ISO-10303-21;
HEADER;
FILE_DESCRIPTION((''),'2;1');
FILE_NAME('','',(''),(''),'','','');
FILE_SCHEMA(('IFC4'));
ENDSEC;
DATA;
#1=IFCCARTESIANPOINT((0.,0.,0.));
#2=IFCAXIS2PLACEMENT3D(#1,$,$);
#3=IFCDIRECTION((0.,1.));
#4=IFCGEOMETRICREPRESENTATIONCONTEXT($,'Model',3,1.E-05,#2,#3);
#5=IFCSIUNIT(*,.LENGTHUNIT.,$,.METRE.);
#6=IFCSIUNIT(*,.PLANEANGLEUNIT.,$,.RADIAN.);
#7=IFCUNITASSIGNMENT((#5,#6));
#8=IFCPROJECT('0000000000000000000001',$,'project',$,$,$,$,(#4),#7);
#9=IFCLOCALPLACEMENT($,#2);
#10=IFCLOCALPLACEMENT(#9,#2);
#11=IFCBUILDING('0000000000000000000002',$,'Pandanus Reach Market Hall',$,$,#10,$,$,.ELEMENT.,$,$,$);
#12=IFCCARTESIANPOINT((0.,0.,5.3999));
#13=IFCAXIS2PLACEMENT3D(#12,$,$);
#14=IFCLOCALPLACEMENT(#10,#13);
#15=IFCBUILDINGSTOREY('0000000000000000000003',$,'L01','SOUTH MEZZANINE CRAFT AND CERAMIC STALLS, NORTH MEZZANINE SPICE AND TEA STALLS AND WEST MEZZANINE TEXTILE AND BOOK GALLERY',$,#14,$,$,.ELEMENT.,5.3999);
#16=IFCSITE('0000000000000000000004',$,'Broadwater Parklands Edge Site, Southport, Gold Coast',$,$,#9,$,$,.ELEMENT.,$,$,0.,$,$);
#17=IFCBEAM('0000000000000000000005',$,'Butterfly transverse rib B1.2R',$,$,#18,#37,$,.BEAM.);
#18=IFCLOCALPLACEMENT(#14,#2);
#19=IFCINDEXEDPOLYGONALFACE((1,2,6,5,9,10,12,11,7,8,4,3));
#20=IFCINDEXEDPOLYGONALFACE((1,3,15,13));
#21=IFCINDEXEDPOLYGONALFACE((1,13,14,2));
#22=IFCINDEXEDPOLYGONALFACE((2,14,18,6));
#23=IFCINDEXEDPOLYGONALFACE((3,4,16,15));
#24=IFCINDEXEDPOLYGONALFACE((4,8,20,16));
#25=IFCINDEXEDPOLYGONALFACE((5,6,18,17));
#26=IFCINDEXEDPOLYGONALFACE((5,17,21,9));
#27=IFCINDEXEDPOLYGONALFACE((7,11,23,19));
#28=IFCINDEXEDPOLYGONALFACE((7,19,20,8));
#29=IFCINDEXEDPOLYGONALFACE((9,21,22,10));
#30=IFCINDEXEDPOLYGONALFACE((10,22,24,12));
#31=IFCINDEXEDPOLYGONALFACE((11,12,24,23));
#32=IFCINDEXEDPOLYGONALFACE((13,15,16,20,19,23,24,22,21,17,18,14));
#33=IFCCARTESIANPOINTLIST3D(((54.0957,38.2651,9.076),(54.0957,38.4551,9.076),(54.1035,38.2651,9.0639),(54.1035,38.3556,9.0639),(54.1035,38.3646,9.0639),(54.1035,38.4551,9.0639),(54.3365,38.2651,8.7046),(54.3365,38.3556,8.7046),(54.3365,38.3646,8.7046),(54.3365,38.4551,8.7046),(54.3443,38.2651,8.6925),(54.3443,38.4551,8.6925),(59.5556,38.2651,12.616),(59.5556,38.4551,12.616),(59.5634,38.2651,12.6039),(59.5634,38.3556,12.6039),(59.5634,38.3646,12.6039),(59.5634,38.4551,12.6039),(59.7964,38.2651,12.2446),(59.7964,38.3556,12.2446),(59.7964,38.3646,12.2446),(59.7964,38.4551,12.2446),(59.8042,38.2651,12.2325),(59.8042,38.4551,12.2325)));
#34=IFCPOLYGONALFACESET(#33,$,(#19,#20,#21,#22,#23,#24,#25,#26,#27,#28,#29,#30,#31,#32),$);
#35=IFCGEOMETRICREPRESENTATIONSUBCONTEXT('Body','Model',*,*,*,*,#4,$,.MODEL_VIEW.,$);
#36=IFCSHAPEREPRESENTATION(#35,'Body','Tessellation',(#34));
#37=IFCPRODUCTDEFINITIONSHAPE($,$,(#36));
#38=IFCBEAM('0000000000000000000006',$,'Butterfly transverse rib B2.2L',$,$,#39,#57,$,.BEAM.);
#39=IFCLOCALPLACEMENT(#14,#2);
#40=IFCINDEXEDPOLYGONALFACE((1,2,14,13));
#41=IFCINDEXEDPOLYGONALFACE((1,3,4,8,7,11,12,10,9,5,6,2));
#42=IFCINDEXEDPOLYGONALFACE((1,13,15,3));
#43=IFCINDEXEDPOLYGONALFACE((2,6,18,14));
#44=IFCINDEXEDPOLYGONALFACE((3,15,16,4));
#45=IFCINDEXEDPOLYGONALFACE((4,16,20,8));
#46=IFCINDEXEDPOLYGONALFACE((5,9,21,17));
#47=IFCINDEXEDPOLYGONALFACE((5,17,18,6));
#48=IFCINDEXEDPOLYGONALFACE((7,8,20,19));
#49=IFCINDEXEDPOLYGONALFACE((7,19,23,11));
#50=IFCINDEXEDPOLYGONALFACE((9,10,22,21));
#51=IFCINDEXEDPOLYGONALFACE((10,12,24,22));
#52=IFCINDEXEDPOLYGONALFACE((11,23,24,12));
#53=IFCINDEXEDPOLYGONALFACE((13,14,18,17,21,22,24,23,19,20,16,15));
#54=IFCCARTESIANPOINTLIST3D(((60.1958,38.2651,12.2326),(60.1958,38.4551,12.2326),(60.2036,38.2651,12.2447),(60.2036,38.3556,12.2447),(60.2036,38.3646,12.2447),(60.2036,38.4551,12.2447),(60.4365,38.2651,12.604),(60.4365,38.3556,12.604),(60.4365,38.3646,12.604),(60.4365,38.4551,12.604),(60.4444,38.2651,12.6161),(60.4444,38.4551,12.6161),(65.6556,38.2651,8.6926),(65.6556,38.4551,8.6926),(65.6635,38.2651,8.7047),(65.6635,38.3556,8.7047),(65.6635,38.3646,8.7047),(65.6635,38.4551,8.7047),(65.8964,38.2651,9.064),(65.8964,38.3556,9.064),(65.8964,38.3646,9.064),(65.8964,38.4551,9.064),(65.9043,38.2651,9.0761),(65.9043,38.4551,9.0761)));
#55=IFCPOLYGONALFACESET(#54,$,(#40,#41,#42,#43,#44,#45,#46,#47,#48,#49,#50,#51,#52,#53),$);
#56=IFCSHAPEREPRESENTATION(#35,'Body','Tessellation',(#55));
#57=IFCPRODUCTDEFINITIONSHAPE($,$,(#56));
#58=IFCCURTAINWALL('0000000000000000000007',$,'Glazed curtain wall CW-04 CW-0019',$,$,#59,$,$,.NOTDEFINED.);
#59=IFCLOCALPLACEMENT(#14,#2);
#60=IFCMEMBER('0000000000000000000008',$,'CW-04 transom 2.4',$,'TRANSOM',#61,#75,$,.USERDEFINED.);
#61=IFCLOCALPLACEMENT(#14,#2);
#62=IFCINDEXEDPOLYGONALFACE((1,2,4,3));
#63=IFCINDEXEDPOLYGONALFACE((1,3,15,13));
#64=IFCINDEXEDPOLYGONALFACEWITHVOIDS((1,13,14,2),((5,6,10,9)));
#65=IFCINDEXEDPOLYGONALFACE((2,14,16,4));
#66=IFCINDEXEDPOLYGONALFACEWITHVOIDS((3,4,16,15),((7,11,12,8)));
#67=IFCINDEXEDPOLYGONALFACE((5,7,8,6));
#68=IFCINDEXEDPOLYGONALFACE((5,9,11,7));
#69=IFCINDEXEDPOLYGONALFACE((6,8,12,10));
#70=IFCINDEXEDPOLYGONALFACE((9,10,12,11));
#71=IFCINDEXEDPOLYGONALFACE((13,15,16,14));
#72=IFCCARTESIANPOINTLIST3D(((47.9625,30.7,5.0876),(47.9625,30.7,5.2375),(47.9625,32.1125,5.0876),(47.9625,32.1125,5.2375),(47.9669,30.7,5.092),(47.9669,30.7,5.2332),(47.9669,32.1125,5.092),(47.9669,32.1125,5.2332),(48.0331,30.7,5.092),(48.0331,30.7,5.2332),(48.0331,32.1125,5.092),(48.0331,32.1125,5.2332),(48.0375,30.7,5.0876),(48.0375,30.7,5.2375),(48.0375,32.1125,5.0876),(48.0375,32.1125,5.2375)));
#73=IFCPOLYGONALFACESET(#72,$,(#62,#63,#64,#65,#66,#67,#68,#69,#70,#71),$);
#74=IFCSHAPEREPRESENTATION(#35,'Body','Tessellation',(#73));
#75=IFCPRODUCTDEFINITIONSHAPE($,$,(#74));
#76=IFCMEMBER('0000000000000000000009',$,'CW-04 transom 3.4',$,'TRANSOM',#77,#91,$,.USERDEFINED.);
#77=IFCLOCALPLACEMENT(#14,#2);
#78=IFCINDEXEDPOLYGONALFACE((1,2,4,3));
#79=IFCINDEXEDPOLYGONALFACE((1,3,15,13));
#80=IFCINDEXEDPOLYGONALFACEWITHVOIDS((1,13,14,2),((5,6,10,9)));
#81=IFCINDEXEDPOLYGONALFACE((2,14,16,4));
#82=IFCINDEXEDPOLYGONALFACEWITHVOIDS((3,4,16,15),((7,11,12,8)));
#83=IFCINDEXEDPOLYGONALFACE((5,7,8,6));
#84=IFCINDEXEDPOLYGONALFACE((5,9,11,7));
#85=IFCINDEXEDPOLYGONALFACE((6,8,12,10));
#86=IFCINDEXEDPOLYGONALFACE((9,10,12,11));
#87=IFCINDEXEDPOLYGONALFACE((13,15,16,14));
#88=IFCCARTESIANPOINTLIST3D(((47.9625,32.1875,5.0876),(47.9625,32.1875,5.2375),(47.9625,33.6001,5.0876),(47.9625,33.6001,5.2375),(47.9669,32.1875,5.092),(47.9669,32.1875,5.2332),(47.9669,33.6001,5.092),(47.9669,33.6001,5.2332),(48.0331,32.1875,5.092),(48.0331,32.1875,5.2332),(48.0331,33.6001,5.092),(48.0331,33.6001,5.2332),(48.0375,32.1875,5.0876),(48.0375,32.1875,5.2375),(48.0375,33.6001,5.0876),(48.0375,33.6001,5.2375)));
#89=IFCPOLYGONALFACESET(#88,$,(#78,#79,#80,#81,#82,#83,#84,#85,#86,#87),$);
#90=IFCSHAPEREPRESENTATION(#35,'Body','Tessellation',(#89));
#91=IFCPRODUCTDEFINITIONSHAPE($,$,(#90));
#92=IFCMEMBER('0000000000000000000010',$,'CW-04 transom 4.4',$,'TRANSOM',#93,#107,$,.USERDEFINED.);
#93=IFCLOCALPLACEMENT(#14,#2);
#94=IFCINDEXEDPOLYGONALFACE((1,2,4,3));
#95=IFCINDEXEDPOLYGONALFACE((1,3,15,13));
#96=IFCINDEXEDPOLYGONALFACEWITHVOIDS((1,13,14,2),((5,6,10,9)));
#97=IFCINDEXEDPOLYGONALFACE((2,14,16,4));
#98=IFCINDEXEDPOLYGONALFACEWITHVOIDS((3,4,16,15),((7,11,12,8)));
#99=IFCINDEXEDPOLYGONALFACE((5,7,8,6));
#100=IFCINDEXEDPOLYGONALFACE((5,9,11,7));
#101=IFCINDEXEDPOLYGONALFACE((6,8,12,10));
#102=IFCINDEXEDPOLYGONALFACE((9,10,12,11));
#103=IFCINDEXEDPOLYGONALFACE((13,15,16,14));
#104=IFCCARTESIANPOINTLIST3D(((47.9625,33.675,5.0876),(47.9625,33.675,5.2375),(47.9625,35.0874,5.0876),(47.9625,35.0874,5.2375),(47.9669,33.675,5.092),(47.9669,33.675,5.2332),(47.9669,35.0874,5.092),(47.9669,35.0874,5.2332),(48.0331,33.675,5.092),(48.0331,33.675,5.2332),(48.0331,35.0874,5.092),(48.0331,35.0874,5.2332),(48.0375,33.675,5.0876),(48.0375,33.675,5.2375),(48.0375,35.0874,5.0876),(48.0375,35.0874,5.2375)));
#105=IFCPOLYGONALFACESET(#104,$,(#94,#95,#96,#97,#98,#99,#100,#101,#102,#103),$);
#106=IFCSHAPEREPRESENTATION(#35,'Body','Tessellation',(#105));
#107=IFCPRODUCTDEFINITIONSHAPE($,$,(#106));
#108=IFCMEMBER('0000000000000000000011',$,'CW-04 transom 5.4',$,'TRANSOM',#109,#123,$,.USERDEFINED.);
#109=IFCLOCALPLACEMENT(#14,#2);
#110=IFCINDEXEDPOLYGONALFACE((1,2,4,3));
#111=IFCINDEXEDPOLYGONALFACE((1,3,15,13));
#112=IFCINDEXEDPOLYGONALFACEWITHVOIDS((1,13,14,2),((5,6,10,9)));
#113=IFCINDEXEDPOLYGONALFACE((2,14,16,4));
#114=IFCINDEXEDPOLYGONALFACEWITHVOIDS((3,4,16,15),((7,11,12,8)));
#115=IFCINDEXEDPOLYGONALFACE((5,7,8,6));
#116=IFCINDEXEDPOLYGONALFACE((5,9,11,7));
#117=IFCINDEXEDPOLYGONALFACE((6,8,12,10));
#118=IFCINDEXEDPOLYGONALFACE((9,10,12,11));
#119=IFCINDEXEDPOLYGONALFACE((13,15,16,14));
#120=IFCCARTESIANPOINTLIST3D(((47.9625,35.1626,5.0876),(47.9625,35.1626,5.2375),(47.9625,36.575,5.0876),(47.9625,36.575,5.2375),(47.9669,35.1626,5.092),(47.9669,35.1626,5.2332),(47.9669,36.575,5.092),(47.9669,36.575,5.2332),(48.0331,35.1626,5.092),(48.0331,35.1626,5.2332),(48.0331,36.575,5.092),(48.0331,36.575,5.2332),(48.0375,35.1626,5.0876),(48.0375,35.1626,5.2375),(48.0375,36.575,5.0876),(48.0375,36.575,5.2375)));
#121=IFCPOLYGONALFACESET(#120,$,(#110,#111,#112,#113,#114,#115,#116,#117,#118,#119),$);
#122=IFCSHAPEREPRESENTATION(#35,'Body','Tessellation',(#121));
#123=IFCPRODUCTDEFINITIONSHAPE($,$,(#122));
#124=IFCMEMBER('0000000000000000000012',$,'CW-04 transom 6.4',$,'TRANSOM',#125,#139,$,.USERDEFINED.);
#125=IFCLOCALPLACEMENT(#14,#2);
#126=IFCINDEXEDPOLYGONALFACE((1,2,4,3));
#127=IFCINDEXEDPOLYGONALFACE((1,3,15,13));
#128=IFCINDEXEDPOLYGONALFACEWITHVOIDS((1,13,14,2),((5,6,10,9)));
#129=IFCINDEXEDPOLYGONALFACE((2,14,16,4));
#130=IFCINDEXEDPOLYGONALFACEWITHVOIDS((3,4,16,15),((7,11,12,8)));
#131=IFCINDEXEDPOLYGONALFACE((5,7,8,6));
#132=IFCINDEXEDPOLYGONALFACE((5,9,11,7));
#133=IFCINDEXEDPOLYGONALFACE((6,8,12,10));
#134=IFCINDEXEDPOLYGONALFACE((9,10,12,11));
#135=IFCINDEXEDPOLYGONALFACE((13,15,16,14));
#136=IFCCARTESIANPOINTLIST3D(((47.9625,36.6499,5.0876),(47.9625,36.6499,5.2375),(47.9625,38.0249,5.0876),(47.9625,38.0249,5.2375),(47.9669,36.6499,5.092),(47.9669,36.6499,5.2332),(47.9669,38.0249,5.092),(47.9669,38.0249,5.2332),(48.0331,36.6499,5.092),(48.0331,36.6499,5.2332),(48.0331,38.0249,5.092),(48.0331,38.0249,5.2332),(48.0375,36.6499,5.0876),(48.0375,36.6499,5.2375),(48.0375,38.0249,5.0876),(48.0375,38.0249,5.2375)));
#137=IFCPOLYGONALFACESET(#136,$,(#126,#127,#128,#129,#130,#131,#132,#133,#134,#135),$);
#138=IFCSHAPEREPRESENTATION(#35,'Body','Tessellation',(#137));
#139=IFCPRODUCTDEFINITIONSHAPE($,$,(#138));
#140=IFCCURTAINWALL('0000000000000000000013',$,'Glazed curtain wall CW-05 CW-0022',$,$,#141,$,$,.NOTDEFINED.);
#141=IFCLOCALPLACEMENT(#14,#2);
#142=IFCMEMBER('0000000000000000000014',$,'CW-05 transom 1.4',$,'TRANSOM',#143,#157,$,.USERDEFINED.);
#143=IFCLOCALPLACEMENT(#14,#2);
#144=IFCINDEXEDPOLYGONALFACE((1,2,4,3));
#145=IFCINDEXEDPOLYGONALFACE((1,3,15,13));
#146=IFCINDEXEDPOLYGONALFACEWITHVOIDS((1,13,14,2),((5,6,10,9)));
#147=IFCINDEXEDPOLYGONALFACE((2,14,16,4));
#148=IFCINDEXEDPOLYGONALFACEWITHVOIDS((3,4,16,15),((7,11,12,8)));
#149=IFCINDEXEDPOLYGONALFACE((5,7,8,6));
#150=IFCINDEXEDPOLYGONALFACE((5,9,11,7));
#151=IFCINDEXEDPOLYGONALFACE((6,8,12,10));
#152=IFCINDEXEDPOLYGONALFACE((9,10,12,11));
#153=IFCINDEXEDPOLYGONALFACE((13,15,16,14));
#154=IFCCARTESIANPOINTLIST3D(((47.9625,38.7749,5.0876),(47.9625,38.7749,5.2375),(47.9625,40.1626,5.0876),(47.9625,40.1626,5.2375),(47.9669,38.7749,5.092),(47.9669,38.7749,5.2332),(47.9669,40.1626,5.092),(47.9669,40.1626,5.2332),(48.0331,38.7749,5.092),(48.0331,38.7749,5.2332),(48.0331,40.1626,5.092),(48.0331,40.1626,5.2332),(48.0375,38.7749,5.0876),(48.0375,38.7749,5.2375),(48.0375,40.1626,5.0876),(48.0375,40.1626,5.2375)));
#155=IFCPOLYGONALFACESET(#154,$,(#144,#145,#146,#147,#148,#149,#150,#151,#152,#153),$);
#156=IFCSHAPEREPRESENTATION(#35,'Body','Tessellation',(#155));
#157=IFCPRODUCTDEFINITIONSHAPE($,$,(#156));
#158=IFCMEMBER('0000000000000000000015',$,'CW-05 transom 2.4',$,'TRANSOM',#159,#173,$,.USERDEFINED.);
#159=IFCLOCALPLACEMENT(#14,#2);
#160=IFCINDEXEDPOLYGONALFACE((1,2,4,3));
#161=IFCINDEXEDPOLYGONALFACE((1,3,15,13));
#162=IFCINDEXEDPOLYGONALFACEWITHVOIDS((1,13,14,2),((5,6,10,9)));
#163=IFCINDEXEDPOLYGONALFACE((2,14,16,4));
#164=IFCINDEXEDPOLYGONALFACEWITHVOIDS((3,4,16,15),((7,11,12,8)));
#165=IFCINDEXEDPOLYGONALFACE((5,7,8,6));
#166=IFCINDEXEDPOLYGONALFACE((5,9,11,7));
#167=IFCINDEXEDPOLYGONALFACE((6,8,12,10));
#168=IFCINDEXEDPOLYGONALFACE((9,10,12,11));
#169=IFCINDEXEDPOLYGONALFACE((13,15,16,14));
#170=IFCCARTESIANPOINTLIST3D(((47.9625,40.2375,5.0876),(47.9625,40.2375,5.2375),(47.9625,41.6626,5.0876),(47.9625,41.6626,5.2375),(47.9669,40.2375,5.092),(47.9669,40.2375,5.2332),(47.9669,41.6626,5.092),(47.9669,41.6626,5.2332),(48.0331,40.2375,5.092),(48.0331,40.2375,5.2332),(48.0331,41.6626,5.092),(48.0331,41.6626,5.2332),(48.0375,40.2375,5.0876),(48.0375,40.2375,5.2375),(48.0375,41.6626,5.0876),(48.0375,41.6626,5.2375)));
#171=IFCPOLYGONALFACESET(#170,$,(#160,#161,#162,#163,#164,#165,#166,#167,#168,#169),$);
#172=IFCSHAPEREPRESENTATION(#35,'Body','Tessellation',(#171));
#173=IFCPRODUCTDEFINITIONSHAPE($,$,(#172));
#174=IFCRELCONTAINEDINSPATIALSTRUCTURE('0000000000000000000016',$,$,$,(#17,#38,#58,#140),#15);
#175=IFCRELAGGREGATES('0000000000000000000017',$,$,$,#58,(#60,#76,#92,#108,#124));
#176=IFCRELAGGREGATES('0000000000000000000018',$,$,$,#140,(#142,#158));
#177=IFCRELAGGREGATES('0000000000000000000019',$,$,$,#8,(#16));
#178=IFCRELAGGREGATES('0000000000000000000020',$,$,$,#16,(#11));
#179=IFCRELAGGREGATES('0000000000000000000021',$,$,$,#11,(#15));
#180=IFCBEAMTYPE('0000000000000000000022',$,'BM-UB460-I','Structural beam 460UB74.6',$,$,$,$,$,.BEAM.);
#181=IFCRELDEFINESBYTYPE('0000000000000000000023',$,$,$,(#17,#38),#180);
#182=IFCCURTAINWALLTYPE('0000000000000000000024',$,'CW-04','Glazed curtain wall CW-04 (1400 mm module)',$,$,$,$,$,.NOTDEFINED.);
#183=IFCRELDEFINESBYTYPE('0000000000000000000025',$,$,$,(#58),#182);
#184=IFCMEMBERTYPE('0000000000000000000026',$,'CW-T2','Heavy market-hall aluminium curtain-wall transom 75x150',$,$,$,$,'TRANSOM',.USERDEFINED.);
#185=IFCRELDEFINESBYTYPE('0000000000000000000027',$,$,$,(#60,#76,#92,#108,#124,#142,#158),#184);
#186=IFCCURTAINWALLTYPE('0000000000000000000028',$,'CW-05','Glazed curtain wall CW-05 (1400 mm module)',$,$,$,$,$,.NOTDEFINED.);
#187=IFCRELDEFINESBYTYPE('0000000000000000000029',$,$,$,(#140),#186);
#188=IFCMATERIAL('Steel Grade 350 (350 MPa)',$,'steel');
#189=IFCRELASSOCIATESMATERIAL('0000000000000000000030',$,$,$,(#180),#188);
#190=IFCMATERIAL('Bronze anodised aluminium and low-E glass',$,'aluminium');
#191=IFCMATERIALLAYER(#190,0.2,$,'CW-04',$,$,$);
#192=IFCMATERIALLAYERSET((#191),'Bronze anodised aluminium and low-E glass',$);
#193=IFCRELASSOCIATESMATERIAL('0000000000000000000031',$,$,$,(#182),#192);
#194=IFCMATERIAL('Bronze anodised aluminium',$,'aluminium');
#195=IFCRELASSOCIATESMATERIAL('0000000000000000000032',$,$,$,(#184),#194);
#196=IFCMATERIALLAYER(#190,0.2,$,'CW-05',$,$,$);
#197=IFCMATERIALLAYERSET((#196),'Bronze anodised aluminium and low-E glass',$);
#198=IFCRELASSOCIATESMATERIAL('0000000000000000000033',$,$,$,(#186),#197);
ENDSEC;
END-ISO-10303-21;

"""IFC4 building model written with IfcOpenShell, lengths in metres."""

from ifc_helpers import new_model, si_unit, direction, frame, origin, origin_2d, place, context, subcontext, project, spatial, hollow_rectangle, i_section, extrude, material, layer, layer_set, material_profile, profile_set, type_object, element, aggregate, save


model = new_model("IFC4")

# Units and contexts
model_context = context("Model", 3, precision=1e-05, world=origin(), true_north=direction((0.0, 1.0)))
body_context = subcontext(model_context, "Body", "Model", "MODEL_VIEW")
ifc_project = project(units=[si_unit("LENGTHUNIT", "METRE"), si_unit("PLANEANGLEUNIT", "RADIAN")], contexts=[model_context])

# Site, building, storey
site_placement = place(None, origin())
site = spatial("IfcSite", under=ifc_project, at=site_placement, Name="Broadwater Parklands Edge Site, Southport, Gold Coast", CompositionType="ELEMENT", RefElevation=0.0)
building_placement = place(site_placement, origin())
building = spatial("IfcBuilding", under=site, at=building_placement, Name="Pandanus Reach Market Hall", CompositionType="ELEMENT")
storey_placement = place(building_placement, frame((0.0, 0.0, 5.3999)))
storey = spatial("IfcBuildingStorey", under=building, at=storey_placement, Name="L01", Description="SOUTH MEZZANINE CRAFT AND CERAMIC STALLS, NORTH MEZZANINE SPICE AND TEA STALLS AND WEST MEZZANINE TEXTILE AND BOOK GALLERY", CompositionType="ELEMENT", Elevation=5.3999)

# Beams
ifc_material_1 = material(Name="Steel Grade 350 (350 MPa)", Category="steel")
ifc_material_profile_1 = material_profile(ifc_material_1, i_section(OverallWidth=0.1899, OverallDepth=0.457, WebThickness=0.009, FlangeThickness=0.0144, at=origin_2d()), Name="460UB74.6", Category="LoadBearing")
ifc_profile_set_1 = profile_set([ifc_material_profile_1], Name="Steel Grade 350 (350 MPa)")
beam_type_1 = type_object("IfcBeamType", Name="BM-UB460-I", Description="Structural beam 460UB74.6", PredefinedType="BEAM", material=ifc_profile_set_1)
for number, where, z_axis, x_axis, name in (
    (1, (54.22, 38.3601, 8.8843), (0.839071, 0.0, 0.544023), (0.0, 1.0, 0.0), "Butterfly transverse rib B1.2R"),
    (2, (60.3201, 38.3601, 12.4243), (0.839071, 0.0, -0.544023), (0.0, 1.0, 0.0), "Butterfly transverse rib B2.2L"),
):
    element("IfcBeam", number, at=place(storey_placement, frame(where, z_axis=z_axis, x_axis=x_axis)), inside=storey, type_object=beam_type_1, Name=name, PredefinedType="BEAM", context=body_context, shape_type="SweptSolid", body=[
        extrude(i_section(OverallWidth=0.1899, OverallDepth=0.457, WebThickness=0.009, FlangeThickness=0.0144, at=origin_2d()), origin(), (0.0, 0.0, 1.0), 6.5071),
    ])

# Curtain walls, members
ifc_material_2 = material(Name="Bronze anodised aluminium and low-E glass", Category="aluminium")
ifc_layer_1 = layer(ifc_material_2, 0.2, Name="CW-04")
ifc_layer_set_1 = layer_set([ifc_layer_1], Name="Bronze anodised aluminium and low-E glass")
curtain_wall_type_1 = type_object("IfcCurtainWallType", Name="CW-04", Description="Glazed curtain wall CW-04 (1400 mm module)", PredefinedType="NOTDEFINED", material=ifc_layer_set_1)
curtain_wall_1_placement = place(storey_placement, origin())
curtain_wall_1 = element("IfcCurtainWall", 3, at=curtain_wall_1_placement, inside=storey, type_object=curtain_wall_type_1, Name="Glazed curtain wall CW-04 CW-0019", PredefinedType="NOTDEFINED")
ifc_material_3 = material(Name="Bronze anodised aluminium", Category="aluminium")
ifc_material_profile_2 = material_profile(ifc_material_3, hollow_rectangle(XDim=0.075, YDim=0.1499, WallThickness=0.0044, at=origin_2d()), Name="ALU75x150", Category="LoadBearing")
ifc_profile_set_2 = profile_set([ifc_material_profile_2], Name="Bronze anodised aluminium")
member_type_1 = type_object("IfcMemberType", Name="CW-T2", Description="Heavy market-hall aluminium curtain-wall transom 75x150", ElementType="TRANSOM", PredefinedType="USERDEFINED", material=ifc_profile_set_2)
member_1_placement = place(storey_placement, frame((48.0, 30.7, 5.1626), z_axis=(0.0, 1.0, 0.0), x_axis=(-1.0, 0.0, 0.0)))
member_1 = element("IfcMember", 4, at=member_1_placement, type_object=member_type_1, Name="CW-04 transom 2.4", ObjectType="TRANSOM", PredefinedType="USERDEFINED", context=body_context, shape_type="SweptSolid", body=[
    extrude(hollow_rectangle(XDim=0.075, YDim=0.1499, WallThickness=0.0044, at=origin_2d()), origin(), (0.0, 0.0, 1.0), 1.4126),
])
member_2_placement = place(storey_placement, frame((48.0, 32.1875, 5.1626), z_axis=(0.0, 1.0, 0.0), x_axis=(-1.0, 0.0, 0.0)))
member_2 = element("IfcMember", 5, at=member_2_placement, type_object=member_type_1, Name="CW-04 transom 3.4", ObjectType="TRANSOM", PredefinedType="USERDEFINED", context=body_context, shape_type="SweptSolid", body=[
    extrude(hollow_rectangle(XDim=0.075, YDim=0.1499, WallThickness=0.0044, at=origin_2d()), origin(), (0.0, 0.0, 1.0), 1.4126),
])
member_3_placement = place(storey_placement, frame((48.0, 33.675, 5.1626), z_axis=(0.0, 1.0, 0.0), x_axis=(-1.0, 0.0, 0.0)))
member_3 = element("IfcMember", 6, at=member_3_placement, type_object=member_type_1, Name="CW-04 transom 4.4", ObjectType="TRANSOM", PredefinedType="USERDEFINED", context=body_context, shape_type="SweptSolid", body=[
    extrude(hollow_rectangle(XDim=0.075, YDim=0.1499, WallThickness=0.0044, at=origin_2d()), origin(), (0.0, 0.0, 1.0), 1.4124),
])
member_4_placement = place(storey_placement, frame((48.0, 35.1626, 5.1626), z_axis=(0.0, 1.0, 0.0), x_axis=(-1.0, 0.0, 0.0)))
member_4 = element("IfcMember", 7, at=member_4_placement, type_object=member_type_1, Name="CW-04 transom 5.4", ObjectType="TRANSOM", PredefinedType="USERDEFINED", context=body_context, shape_type="SweptSolid", body=[
    extrude(hollow_rectangle(XDim=0.075, YDim=0.1499, WallThickness=0.0044, at=origin_2d()), origin(), (0.0, 0.0, 1.0), 1.4124),
])
member_5_placement = place(storey_placement, frame((48.0, 36.6499, 5.1626), z_axis=(0.0, 1.0, 0.0), x_axis=(-1.0, 0.0, 0.0)))
member_5 = element("IfcMember", 8, at=member_5_placement, type_object=member_type_1, Name="CW-04 transom 6.4", ObjectType="TRANSOM", PredefinedType="USERDEFINED", context=body_context, shape_type="SweptSolid", body=[
    extrude(hollow_rectangle(XDim=0.075, YDim=0.1499, WallThickness=0.0044, at=origin_2d()), origin(), (0.0, 0.0, 1.0), 1.375),
])
aggregate(curtain_wall_1, [member_1, member_2, member_3, member_4, member_5])
ifc_layer_2 = layer(ifc_material_2, 0.2, Name="CW-05")
ifc_layer_set_2 = layer_set([ifc_layer_2], Name="Bronze anodised aluminium and low-E glass")
curtain_wall_type_2 = type_object("IfcCurtainWallType", Name="CW-05", Description="Glazed curtain wall CW-05 (1400 mm module)", PredefinedType="NOTDEFINED", material=ifc_layer_set_2)
curtain_wall_2_placement = place(storey_placement, origin())
curtain_wall_2 = element("IfcCurtainWall", 9, at=curtain_wall_2_placement, inside=storey, type_object=curtain_wall_type_2, Name="Glazed curtain wall CW-05 CW-0022", PredefinedType="NOTDEFINED")
member_6_placement = place(storey_placement, frame((48.0, 38.7749, 5.1626), z_axis=(0.0, 1.0, 0.0), x_axis=(-1.0, 0.0, 0.0)))
member_6 = element("IfcMember", 10, at=member_6_placement, type_object=member_type_1, Name="CW-05 transom 1.4", ObjectType="TRANSOM", PredefinedType="USERDEFINED", context=body_context, shape_type="SweptSolid", body=[
    extrude(hollow_rectangle(XDim=0.075, YDim=0.1499, WallThickness=0.0044, at=origin_2d()), origin(), (0.0, 0.0, 1.0), 1.3877),
])
member_7_placement = place(storey_placement, frame((48.0, 40.2375, 5.1626), z_axis=(0.0, 1.0, 0.0), x_axis=(-1.0, 0.0, 0.0)))
member_7 = element("IfcMember", 11, at=member_7_placement, type_object=member_type_1, Name="CW-05 transom 2.4", ObjectType="TRANSOM", PredefinedType="USERDEFINED", context=body_context, shape_type="SweptSolid", body=[
    extrude(hollow_rectangle(XDim=0.075, YDim=0.1499, WallThickness=0.0044, at=origin_2d()), origin(), (0.0, 0.0, 1.0), 1.425),
])
aggregate(curtain_wall_2, [member_6, member_7])

save(model, "model.ifc")
